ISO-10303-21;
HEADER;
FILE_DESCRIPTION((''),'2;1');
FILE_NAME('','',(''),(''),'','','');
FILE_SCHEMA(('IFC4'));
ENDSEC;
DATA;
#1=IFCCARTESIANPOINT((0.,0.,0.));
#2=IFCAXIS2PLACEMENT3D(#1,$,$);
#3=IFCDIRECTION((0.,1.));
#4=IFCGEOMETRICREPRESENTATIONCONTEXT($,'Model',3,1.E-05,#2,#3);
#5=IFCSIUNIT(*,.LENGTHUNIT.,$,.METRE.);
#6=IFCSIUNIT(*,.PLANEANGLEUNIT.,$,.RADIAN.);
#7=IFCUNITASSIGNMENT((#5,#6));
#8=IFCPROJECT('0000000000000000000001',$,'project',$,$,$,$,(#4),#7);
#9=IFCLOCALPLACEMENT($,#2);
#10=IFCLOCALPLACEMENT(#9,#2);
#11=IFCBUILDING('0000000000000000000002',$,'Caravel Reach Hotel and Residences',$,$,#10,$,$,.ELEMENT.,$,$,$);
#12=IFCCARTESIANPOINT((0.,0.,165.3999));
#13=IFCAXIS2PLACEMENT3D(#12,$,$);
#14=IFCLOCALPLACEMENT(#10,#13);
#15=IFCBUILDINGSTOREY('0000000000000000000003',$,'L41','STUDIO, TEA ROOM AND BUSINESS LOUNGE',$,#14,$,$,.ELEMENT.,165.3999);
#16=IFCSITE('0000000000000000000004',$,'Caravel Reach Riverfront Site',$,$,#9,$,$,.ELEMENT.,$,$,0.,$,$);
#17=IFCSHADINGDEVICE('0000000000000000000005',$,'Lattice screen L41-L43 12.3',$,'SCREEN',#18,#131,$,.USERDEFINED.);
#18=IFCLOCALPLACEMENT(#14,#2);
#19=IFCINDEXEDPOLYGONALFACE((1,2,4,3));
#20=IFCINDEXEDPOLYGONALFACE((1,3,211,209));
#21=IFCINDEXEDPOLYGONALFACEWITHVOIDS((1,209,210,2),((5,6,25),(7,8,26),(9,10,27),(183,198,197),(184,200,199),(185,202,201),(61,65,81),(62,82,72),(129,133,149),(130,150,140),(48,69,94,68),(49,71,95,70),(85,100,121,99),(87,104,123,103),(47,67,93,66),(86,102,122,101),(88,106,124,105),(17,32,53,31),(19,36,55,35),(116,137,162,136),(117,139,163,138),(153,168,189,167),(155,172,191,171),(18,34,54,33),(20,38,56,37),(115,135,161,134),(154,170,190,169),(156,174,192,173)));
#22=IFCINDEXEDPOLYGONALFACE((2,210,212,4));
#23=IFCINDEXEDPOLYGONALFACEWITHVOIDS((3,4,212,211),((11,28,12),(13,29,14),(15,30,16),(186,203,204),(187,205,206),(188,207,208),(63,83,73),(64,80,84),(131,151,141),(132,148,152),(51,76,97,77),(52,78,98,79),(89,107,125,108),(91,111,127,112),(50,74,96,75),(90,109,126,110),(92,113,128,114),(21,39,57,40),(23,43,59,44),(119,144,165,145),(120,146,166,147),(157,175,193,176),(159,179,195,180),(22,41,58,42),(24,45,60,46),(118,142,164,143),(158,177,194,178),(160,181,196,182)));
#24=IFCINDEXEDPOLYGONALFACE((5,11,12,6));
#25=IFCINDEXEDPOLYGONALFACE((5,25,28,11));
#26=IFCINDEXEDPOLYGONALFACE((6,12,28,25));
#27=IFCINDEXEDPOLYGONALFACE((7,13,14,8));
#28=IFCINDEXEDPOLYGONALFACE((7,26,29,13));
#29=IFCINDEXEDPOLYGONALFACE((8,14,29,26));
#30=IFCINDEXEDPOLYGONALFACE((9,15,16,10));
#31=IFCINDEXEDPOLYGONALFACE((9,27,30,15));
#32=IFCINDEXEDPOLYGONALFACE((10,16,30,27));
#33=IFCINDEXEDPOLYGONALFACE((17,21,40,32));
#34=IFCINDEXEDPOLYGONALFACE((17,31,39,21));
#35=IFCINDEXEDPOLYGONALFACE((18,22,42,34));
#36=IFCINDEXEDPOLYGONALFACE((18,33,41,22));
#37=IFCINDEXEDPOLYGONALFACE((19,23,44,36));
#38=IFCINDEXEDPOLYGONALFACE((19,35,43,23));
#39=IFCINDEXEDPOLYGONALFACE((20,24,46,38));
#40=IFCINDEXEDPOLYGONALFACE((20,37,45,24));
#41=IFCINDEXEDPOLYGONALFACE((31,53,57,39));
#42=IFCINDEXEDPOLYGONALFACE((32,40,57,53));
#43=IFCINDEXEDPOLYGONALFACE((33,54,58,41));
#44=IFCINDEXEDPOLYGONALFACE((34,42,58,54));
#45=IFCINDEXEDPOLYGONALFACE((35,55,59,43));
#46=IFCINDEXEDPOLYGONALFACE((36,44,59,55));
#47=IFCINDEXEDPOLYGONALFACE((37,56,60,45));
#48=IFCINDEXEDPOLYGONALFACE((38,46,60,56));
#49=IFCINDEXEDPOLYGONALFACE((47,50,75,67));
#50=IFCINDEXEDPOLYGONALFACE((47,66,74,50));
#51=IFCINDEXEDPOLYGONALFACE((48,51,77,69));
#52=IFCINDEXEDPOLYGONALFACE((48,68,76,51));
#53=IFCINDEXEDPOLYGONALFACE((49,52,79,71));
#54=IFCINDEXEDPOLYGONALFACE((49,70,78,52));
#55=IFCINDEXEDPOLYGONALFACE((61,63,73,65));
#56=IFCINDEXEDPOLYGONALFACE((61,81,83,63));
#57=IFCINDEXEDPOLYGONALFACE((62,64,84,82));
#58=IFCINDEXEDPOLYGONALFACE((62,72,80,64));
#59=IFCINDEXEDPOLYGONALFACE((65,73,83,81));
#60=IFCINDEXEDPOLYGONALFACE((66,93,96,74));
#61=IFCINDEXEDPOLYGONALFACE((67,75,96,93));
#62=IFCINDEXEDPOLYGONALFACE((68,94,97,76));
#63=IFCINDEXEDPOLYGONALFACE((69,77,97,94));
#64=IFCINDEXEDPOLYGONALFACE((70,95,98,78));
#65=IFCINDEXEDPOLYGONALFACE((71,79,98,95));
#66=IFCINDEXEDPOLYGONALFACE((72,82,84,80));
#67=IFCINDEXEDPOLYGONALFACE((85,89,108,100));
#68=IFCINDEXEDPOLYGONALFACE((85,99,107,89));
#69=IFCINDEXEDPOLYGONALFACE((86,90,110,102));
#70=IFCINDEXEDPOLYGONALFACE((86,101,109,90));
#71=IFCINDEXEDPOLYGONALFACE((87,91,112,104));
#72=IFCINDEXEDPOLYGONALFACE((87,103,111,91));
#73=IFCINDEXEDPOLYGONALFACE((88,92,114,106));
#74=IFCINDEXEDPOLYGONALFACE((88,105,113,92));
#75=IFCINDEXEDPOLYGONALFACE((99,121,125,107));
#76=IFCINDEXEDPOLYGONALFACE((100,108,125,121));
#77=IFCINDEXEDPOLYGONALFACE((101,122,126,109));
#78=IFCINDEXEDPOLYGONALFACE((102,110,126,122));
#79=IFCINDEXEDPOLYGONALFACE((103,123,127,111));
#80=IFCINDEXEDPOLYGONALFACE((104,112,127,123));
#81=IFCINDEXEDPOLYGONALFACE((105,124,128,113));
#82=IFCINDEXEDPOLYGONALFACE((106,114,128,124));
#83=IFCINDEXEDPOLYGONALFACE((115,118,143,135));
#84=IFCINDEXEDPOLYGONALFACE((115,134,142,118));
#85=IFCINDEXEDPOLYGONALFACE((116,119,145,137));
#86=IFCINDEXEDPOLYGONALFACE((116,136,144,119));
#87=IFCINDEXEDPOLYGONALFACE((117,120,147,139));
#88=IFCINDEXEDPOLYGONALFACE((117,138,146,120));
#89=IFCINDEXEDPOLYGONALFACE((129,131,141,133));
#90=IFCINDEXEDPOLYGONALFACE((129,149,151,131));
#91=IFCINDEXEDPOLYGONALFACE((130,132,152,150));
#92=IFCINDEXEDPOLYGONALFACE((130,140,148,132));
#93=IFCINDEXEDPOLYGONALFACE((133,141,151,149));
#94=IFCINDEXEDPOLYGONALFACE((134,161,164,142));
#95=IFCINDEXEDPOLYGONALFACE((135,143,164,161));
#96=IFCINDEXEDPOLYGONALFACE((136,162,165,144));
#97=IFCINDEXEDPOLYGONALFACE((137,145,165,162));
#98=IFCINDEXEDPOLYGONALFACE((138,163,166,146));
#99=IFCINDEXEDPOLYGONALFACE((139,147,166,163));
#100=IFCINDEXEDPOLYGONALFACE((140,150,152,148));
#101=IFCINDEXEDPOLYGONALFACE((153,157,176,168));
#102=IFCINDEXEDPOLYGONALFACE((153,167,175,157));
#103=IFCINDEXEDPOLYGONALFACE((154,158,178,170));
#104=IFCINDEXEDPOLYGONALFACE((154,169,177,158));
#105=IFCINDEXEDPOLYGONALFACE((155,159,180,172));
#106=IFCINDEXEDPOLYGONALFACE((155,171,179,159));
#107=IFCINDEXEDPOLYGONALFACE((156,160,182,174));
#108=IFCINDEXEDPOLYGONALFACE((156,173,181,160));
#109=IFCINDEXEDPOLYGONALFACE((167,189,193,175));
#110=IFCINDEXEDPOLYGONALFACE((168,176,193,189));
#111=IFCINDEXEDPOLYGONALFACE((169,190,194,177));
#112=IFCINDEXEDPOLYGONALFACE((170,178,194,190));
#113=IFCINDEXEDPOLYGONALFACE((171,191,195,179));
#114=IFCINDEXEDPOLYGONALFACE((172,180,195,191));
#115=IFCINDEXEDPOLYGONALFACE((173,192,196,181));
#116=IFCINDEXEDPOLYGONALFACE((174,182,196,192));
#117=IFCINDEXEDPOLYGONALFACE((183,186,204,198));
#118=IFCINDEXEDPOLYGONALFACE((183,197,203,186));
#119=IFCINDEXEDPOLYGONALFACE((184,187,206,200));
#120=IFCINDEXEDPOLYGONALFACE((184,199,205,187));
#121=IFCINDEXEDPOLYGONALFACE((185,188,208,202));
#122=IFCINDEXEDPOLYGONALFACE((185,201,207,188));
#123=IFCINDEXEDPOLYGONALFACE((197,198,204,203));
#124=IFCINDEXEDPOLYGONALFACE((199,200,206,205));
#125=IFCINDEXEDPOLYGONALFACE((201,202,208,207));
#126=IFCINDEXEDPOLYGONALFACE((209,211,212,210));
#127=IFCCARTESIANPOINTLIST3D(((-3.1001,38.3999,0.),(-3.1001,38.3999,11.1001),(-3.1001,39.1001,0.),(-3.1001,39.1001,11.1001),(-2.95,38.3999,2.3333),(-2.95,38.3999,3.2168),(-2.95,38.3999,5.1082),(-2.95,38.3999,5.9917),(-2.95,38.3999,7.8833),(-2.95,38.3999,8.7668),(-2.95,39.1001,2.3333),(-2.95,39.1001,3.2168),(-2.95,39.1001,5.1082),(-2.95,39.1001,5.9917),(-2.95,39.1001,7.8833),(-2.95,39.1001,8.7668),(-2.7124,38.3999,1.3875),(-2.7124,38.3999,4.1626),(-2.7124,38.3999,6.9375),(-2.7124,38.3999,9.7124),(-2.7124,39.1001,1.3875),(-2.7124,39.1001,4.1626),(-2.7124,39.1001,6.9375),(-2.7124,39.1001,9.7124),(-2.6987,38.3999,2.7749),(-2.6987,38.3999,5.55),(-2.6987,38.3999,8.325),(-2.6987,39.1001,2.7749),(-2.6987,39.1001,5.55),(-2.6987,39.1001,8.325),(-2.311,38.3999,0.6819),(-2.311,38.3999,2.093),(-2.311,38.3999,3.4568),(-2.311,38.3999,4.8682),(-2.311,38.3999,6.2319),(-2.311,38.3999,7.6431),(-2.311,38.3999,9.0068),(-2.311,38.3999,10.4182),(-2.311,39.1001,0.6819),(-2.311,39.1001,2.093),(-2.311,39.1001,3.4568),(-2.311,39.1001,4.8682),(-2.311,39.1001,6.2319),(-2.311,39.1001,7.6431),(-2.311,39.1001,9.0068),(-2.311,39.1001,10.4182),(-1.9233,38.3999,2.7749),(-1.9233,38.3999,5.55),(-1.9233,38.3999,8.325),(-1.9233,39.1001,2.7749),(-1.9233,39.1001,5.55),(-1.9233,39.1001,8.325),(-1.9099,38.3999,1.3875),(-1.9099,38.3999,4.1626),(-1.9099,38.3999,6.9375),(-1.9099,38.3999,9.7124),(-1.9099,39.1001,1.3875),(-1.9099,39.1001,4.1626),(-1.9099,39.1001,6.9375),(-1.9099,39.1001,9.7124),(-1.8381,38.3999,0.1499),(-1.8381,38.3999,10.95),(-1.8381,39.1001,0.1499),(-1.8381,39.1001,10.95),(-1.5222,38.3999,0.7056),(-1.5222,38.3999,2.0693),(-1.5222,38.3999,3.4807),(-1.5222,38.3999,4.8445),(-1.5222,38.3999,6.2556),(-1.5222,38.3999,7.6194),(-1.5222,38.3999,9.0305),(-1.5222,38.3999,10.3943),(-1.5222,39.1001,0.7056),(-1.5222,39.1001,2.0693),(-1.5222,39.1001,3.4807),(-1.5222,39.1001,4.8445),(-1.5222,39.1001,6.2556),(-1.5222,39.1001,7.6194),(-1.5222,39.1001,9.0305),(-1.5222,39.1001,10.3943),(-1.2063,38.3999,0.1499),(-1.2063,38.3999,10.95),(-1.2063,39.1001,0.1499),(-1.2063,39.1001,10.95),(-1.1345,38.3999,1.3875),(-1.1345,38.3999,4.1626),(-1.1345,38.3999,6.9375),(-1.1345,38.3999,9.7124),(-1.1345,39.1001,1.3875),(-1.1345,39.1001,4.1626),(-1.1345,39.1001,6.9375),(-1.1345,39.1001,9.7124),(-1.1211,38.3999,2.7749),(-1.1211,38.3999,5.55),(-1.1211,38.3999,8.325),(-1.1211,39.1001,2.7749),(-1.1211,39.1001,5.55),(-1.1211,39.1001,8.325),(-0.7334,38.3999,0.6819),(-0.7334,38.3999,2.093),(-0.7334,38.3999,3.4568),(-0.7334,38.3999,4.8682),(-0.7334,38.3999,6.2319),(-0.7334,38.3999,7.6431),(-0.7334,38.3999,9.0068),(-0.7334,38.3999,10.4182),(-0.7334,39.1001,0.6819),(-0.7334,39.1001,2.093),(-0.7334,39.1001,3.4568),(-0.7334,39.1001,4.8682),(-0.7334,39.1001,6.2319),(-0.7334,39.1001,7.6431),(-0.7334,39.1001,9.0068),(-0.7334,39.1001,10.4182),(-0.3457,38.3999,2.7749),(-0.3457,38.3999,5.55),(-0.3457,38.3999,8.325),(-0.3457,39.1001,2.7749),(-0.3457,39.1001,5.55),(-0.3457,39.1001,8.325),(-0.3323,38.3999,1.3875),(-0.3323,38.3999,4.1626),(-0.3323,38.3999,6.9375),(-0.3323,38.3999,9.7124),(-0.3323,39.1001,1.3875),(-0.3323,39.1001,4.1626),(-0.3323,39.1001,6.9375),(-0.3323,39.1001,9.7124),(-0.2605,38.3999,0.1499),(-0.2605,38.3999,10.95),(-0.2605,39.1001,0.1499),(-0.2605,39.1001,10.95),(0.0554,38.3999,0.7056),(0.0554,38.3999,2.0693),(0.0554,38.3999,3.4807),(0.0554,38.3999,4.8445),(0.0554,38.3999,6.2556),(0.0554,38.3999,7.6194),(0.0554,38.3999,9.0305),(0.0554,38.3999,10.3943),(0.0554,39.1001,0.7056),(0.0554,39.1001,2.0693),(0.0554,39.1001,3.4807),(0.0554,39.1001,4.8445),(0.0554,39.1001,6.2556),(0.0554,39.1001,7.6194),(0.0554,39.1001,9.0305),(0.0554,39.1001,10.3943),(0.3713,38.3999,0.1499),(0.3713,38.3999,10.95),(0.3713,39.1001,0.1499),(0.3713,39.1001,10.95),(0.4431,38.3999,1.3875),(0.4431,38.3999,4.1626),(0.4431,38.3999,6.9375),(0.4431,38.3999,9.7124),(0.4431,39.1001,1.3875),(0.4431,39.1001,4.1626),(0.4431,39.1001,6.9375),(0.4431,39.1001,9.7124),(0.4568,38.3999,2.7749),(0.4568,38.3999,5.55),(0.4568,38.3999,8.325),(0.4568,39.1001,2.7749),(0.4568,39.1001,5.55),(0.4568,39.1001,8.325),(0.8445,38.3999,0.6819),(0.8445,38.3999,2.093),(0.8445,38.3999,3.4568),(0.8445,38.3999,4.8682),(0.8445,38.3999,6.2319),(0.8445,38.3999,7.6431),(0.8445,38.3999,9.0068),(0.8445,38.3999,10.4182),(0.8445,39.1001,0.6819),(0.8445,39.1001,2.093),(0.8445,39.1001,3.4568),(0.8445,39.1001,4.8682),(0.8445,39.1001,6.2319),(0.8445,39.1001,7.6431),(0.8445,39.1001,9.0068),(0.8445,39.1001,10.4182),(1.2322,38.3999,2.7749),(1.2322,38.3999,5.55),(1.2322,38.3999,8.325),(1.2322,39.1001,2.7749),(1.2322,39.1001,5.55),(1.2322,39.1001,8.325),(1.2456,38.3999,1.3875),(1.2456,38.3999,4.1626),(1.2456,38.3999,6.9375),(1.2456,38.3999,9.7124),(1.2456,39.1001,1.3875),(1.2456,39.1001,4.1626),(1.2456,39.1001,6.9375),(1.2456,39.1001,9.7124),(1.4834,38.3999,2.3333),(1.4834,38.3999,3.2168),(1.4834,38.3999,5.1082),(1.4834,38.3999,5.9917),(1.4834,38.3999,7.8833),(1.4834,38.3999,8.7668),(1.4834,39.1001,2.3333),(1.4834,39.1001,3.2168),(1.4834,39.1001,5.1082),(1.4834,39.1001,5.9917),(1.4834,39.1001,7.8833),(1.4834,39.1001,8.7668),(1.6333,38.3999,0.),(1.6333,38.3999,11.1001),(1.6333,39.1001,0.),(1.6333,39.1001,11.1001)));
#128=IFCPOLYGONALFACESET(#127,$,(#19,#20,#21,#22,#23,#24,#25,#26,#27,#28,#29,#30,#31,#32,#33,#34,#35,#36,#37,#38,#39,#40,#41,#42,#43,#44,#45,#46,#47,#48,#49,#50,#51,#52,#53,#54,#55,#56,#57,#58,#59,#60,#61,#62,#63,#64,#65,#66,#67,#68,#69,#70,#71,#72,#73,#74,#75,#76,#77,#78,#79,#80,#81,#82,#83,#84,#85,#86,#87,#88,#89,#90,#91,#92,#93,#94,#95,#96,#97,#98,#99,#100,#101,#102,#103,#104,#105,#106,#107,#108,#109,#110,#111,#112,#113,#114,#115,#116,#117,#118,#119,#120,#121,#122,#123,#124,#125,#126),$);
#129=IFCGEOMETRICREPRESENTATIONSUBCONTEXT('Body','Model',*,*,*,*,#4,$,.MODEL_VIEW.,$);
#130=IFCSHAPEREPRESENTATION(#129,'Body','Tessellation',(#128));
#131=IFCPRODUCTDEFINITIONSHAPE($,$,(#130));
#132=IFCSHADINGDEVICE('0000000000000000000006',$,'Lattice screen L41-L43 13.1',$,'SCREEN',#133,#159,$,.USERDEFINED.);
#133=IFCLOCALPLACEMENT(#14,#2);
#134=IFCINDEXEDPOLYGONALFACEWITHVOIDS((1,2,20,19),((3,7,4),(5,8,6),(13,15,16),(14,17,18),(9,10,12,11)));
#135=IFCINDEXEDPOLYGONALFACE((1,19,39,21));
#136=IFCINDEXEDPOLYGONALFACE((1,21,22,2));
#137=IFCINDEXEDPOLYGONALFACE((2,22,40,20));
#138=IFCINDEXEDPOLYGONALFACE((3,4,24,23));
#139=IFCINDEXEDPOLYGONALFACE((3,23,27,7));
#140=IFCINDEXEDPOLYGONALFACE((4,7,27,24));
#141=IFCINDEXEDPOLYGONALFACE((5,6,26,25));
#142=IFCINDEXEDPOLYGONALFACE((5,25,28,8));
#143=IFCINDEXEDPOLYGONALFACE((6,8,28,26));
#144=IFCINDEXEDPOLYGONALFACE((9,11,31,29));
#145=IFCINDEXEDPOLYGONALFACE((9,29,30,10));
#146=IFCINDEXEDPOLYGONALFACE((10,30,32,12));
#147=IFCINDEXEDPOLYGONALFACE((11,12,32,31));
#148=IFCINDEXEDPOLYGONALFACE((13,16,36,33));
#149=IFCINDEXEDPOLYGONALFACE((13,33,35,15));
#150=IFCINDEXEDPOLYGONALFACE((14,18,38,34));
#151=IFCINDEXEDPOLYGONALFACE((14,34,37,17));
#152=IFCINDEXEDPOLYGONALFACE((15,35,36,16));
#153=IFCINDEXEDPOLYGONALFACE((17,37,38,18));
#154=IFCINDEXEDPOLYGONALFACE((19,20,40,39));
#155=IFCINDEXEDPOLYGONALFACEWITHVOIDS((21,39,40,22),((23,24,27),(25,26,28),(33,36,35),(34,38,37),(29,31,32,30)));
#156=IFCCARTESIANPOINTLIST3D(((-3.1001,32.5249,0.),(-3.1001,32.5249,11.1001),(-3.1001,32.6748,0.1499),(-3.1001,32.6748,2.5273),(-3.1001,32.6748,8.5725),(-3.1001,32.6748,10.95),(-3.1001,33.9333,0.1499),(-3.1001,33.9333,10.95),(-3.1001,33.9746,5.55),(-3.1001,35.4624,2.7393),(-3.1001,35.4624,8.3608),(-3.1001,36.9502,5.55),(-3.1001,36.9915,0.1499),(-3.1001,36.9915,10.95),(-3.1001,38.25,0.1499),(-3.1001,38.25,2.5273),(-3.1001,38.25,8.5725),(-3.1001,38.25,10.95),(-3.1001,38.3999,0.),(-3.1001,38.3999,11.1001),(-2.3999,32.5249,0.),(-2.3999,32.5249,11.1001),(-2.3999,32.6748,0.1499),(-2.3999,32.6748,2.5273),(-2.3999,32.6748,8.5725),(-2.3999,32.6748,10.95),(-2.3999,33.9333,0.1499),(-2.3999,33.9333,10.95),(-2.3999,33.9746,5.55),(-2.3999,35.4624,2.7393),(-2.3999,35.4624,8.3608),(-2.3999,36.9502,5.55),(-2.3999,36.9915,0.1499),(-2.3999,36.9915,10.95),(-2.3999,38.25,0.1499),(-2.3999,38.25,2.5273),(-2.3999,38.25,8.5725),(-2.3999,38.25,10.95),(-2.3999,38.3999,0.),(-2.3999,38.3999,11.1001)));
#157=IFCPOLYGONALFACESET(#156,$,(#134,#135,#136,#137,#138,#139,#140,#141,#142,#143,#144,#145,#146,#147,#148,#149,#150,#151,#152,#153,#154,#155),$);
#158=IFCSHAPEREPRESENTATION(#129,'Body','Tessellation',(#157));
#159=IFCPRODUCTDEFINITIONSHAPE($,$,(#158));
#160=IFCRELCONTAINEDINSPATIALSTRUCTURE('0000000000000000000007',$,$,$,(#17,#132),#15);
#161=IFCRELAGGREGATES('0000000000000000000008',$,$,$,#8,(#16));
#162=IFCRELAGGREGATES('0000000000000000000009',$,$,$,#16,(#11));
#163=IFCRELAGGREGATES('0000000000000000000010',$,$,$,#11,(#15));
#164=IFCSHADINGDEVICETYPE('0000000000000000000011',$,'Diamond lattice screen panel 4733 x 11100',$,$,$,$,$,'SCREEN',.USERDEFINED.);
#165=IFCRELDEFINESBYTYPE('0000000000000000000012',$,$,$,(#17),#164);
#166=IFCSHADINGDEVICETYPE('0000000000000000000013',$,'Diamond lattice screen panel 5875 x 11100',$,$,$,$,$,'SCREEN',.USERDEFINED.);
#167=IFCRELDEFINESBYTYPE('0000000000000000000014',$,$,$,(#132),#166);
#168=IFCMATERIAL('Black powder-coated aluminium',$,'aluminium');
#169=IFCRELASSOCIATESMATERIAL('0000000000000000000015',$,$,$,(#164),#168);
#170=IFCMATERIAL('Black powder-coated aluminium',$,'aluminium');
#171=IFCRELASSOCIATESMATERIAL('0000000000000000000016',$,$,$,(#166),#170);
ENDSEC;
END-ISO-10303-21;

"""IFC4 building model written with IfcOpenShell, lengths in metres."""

from ifc_helpers import new_model, si_unit, direction, frame, origin, place, context, subcontext, project, spatial, polyline, outline, extrude, material, type_object, element, save


model = new_model("IFC4")

# Units and contexts
model_context = context("Model", 3, precision=1e-05, world=origin(), true_north=direction((0.0, 1.0)))
body_context = subcontext(model_context, "Body", "Model", "MODEL_VIEW")
ifc_project = project(units=[si_unit("LENGTHUNIT", "METRE"), si_unit("PLANEANGLEUNIT", "RADIAN")], contexts=[model_context])

# Site, building, storey
site_placement = place(None, origin())
site = spatial("IfcSite", under=ifc_project, at=site_placement, Name="Caravel Reach Riverfront Site", CompositionType="ELEMENT", RefElevation=0.0)
building_placement = place(site_placement, origin())
building = spatial("IfcBuilding", under=site, at=building_placement, Name="Caravel Reach Hotel and Residences", CompositionType="ELEMENT")
storey_placement = place(building_placement, frame((0.0, 0.0, 165.3999)))
storey = spatial("IfcBuildingStorey", under=building, at=storey_placement, Name="L41", Description="STUDIO, TEA ROOM AND BUSINESS LOUNGE", CompositionType="ELEMENT", Elevation=165.3999)

# Shading devices
ifc_material_1 = material(Name="Black powder-coated aluminium", Category="aluminium")
shading_device_type_1 = type_object("IfcShadingDeviceType", Name="Diamond lattice screen panel 4733 x 11100", ElementType="SCREEN", PredefinedType="USERDEFINED", material=ifc_material_1)
shading_device_1_placement = place(storey_placement, frame((1.6333, 38.3999, 0.0), z_axis=(0.0, 1.0, 0.0), x_axis=(-1.0, 0.0, 0.0)))
element("IfcShadingDevice", 1, at=shading_device_1_placement, inside=storey, type_object=shading_device_type_1, Name="Lattice screen L41-L43 12.3", ObjectType="SCREEN", PredefinedType="USERDEFINED", context=body_context, shape_type="SweptSolid", body=[
    extrude(outline(polyline([(0.0, 0.0), (4.7334, 0.0), (4.7334, 11.1001), (0.0, 11.1001), (0.0, 0.0)]), holes=[polyline([(0.4011, 2.7749), (0.1499, 3.2168), (0.1499, 2.3333), (0.4011, 2.7749)]), polyline([(0.4011, 5.55), (0.1499, 5.9917), (0.1499, 5.1082), (0.4011, 5.55)]), polyline([(0.4011, 8.325), (0.1499, 8.7668), (0.1499, 7.8833), (0.4011, 8.325)]), polyline([(0.7888, 2.093), (0.3877, 1.3875), (0.7888, 0.6819), (1.1902, 1.3875), (0.7888, 2.093)]), polyline([(0.7888, 4.8682), (0.3877, 4.1626), (0.7888, 3.4568), (1.1902, 4.1626), (0.7888, 4.8682)]), polyline([(0.7888, 7.6431), (0.3877, 6.9375), (0.7888, 6.2319), (1.1902, 6.9375), (0.7888, 7.6431)]), polyline([(0.7888, 10.4182), (0.3877, 9.7124), (0.7888, 9.0068), (1.1902, 9.7124), (0.7888, 10.4182)]), polyline([(1.5779, 0.7056), (1.262, 0.1499), (1.8938, 0.1499), (1.5779, 0.7056)]), polyline([(1.5779, 3.4807), (1.1765, 2.7749), (1.5779, 2.0693), (1.979, 2.7749), (1.5779, 3.4807)]), polyline([(1.5779, 6.2556), (1.1765, 5.55), (1.5779, 4.8445), (1.979, 5.55), (1.5779, 6.2556)]), polyline([(1.5779, 9.0305), (1.1765, 8.325), (1.5779, 7.6194), (1.979, 8.325), (1.5779, 9.0305)]), polyline([(1.5779, 10.3943), (1.8938, 10.95), (1.262, 10.95), (1.5779, 10.3943)]), polyline([(2.3667, 2.093), (1.9656, 1.3875), (2.3667, 0.6819), (2.7678, 1.3875), (2.3667, 2.093)]), polyline([(2.3667, 4.8682), (1.9656, 4.1626), (2.3667, 3.4568), (2.7678, 4.1626), (2.3667, 4.8682)]), polyline([(2.3667, 7.6431), (1.9656, 6.9375), (2.3667, 6.2319), (2.7678, 6.9375), (2.3667, 7.6431)]), polyline([(2.3667, 10.4182), (1.9656, 9.7124), (2.3667, 9.0068), (2.7678, 9.7124), (2.3667, 10.4182)]), polyline([(3.1555, 0.7056), (2.8396, 0.1499), (3.4714, 0.1499), (3.1555, 0.7056)]), polyline([(3.1555, 3.4807), (2.7544, 2.7749), (3.1555, 2.0693), (3.5566, 2.7749), (3.1555, 3.4807)]), polyline([(3.1555, 6.2556), (2.7544, 5.55), (3.1555, 4.8445), (3.5566, 5.55), (3.1555, 6.2556)]), polyline([(3.1555, 9.0305), (2.7544, 8.325), (3.1555, 7.6194), (3.5566, 8.325), (3.1555, 9.0305)]), polyline([(3.1555, 10.3943), (3.4714, 10.95), (2.8396, 10.95), (3.1555, 10.3943)]), polyline([(3.9443, 2.093), (3.5432, 1.3875), (3.9443, 0.6819), (4.3457, 1.3875), (3.9443, 2.093)]), polyline([(3.9443, 4.8682), (3.5432, 4.1626), (3.9443, 3.4568), (4.3457, 4.1626), (3.9443, 4.8682)]), polyline([(3.9443, 7.6431), (3.5432, 6.9375), (3.9443, 6.2319), (4.3457, 6.9375), (3.9443, 7.6431)]), polyline([(3.9443, 10.4182), (3.5432, 9.7124), (3.9443, 9.0068), (4.3457, 9.7124), (3.9443, 10.4182)]), polyline([(4.332, 2.7749), (4.5833, 2.3333), (4.5833, 3.2168), (4.332, 2.7749)]), polyline([(4.332, 5.55), (4.5833, 5.1082), (4.5833, 5.9917), (4.332, 5.55)]), polyline([(4.332, 8.325), (4.5833, 7.8833), (4.5833, 8.7668), (4.332, 8.325)])]), origin(), (0.0, 0.0, 1.0), 0.7002),
])
ifc_material_2 = material(Name="Black powder-coated aluminium", Category="aluminium")
shading_device_type_2 = type_object("IfcShadingDeviceType", Name="Diamond lattice screen panel 5875 x 11100", ElementType="SCREEN", PredefinedType="USERDEFINED", material=ifc_material_2)
for number, where, z_axis, x_axis, name in (
    (2, (-2.3999, 38.3999, 0.0), (-1.0, 0.0, 0.0), (0.0, -1.0, 0.0), "Lattice screen L41-L43 13.1"),
):
    element("IfcShadingDevice", number, at=place(storey_placement, frame(where, z_axis=z_axis, x_axis=x_axis)), inside=storey, type_object=shading_device_type_2, Name=name, ObjectType="SCREEN", PredefinedType="USERDEFINED", context=body_context, shape_type="SweptSolid", body=[
        extrude(outline(polyline([(0.0, 0.0), (5.875, 0.0), (5.875, 11.1001), (0.0, 11.1001), (0.0, 0.0)]), holes=[polyline([(1.4084, 0.1499), (0.1499, 2.5273), (0.1499, 0.1499), (1.4084, 0.1499)]), polyline([(0.1499, 8.5725), (1.4084, 10.95), (0.1499, 10.95), (0.1499, 8.5725)]), polyline([(2.9375, 8.3608), (1.4497, 5.55), (2.9375, 2.7393), (4.4253, 5.55), (2.9375, 8.3608)]), polyline([(5.7251, 2.5273), (4.4666, 0.1499), (5.7251, 0.1499), (5.7251, 2.5273)]), polyline([(4.4666, 10.95), (5.7251, 8.5725), (5.7251, 10.95), (4.4666, 10.95)])]), origin(), (0.0, 0.0, 1.0), 0.7002),
    ])

save(model, "model.ifc")
